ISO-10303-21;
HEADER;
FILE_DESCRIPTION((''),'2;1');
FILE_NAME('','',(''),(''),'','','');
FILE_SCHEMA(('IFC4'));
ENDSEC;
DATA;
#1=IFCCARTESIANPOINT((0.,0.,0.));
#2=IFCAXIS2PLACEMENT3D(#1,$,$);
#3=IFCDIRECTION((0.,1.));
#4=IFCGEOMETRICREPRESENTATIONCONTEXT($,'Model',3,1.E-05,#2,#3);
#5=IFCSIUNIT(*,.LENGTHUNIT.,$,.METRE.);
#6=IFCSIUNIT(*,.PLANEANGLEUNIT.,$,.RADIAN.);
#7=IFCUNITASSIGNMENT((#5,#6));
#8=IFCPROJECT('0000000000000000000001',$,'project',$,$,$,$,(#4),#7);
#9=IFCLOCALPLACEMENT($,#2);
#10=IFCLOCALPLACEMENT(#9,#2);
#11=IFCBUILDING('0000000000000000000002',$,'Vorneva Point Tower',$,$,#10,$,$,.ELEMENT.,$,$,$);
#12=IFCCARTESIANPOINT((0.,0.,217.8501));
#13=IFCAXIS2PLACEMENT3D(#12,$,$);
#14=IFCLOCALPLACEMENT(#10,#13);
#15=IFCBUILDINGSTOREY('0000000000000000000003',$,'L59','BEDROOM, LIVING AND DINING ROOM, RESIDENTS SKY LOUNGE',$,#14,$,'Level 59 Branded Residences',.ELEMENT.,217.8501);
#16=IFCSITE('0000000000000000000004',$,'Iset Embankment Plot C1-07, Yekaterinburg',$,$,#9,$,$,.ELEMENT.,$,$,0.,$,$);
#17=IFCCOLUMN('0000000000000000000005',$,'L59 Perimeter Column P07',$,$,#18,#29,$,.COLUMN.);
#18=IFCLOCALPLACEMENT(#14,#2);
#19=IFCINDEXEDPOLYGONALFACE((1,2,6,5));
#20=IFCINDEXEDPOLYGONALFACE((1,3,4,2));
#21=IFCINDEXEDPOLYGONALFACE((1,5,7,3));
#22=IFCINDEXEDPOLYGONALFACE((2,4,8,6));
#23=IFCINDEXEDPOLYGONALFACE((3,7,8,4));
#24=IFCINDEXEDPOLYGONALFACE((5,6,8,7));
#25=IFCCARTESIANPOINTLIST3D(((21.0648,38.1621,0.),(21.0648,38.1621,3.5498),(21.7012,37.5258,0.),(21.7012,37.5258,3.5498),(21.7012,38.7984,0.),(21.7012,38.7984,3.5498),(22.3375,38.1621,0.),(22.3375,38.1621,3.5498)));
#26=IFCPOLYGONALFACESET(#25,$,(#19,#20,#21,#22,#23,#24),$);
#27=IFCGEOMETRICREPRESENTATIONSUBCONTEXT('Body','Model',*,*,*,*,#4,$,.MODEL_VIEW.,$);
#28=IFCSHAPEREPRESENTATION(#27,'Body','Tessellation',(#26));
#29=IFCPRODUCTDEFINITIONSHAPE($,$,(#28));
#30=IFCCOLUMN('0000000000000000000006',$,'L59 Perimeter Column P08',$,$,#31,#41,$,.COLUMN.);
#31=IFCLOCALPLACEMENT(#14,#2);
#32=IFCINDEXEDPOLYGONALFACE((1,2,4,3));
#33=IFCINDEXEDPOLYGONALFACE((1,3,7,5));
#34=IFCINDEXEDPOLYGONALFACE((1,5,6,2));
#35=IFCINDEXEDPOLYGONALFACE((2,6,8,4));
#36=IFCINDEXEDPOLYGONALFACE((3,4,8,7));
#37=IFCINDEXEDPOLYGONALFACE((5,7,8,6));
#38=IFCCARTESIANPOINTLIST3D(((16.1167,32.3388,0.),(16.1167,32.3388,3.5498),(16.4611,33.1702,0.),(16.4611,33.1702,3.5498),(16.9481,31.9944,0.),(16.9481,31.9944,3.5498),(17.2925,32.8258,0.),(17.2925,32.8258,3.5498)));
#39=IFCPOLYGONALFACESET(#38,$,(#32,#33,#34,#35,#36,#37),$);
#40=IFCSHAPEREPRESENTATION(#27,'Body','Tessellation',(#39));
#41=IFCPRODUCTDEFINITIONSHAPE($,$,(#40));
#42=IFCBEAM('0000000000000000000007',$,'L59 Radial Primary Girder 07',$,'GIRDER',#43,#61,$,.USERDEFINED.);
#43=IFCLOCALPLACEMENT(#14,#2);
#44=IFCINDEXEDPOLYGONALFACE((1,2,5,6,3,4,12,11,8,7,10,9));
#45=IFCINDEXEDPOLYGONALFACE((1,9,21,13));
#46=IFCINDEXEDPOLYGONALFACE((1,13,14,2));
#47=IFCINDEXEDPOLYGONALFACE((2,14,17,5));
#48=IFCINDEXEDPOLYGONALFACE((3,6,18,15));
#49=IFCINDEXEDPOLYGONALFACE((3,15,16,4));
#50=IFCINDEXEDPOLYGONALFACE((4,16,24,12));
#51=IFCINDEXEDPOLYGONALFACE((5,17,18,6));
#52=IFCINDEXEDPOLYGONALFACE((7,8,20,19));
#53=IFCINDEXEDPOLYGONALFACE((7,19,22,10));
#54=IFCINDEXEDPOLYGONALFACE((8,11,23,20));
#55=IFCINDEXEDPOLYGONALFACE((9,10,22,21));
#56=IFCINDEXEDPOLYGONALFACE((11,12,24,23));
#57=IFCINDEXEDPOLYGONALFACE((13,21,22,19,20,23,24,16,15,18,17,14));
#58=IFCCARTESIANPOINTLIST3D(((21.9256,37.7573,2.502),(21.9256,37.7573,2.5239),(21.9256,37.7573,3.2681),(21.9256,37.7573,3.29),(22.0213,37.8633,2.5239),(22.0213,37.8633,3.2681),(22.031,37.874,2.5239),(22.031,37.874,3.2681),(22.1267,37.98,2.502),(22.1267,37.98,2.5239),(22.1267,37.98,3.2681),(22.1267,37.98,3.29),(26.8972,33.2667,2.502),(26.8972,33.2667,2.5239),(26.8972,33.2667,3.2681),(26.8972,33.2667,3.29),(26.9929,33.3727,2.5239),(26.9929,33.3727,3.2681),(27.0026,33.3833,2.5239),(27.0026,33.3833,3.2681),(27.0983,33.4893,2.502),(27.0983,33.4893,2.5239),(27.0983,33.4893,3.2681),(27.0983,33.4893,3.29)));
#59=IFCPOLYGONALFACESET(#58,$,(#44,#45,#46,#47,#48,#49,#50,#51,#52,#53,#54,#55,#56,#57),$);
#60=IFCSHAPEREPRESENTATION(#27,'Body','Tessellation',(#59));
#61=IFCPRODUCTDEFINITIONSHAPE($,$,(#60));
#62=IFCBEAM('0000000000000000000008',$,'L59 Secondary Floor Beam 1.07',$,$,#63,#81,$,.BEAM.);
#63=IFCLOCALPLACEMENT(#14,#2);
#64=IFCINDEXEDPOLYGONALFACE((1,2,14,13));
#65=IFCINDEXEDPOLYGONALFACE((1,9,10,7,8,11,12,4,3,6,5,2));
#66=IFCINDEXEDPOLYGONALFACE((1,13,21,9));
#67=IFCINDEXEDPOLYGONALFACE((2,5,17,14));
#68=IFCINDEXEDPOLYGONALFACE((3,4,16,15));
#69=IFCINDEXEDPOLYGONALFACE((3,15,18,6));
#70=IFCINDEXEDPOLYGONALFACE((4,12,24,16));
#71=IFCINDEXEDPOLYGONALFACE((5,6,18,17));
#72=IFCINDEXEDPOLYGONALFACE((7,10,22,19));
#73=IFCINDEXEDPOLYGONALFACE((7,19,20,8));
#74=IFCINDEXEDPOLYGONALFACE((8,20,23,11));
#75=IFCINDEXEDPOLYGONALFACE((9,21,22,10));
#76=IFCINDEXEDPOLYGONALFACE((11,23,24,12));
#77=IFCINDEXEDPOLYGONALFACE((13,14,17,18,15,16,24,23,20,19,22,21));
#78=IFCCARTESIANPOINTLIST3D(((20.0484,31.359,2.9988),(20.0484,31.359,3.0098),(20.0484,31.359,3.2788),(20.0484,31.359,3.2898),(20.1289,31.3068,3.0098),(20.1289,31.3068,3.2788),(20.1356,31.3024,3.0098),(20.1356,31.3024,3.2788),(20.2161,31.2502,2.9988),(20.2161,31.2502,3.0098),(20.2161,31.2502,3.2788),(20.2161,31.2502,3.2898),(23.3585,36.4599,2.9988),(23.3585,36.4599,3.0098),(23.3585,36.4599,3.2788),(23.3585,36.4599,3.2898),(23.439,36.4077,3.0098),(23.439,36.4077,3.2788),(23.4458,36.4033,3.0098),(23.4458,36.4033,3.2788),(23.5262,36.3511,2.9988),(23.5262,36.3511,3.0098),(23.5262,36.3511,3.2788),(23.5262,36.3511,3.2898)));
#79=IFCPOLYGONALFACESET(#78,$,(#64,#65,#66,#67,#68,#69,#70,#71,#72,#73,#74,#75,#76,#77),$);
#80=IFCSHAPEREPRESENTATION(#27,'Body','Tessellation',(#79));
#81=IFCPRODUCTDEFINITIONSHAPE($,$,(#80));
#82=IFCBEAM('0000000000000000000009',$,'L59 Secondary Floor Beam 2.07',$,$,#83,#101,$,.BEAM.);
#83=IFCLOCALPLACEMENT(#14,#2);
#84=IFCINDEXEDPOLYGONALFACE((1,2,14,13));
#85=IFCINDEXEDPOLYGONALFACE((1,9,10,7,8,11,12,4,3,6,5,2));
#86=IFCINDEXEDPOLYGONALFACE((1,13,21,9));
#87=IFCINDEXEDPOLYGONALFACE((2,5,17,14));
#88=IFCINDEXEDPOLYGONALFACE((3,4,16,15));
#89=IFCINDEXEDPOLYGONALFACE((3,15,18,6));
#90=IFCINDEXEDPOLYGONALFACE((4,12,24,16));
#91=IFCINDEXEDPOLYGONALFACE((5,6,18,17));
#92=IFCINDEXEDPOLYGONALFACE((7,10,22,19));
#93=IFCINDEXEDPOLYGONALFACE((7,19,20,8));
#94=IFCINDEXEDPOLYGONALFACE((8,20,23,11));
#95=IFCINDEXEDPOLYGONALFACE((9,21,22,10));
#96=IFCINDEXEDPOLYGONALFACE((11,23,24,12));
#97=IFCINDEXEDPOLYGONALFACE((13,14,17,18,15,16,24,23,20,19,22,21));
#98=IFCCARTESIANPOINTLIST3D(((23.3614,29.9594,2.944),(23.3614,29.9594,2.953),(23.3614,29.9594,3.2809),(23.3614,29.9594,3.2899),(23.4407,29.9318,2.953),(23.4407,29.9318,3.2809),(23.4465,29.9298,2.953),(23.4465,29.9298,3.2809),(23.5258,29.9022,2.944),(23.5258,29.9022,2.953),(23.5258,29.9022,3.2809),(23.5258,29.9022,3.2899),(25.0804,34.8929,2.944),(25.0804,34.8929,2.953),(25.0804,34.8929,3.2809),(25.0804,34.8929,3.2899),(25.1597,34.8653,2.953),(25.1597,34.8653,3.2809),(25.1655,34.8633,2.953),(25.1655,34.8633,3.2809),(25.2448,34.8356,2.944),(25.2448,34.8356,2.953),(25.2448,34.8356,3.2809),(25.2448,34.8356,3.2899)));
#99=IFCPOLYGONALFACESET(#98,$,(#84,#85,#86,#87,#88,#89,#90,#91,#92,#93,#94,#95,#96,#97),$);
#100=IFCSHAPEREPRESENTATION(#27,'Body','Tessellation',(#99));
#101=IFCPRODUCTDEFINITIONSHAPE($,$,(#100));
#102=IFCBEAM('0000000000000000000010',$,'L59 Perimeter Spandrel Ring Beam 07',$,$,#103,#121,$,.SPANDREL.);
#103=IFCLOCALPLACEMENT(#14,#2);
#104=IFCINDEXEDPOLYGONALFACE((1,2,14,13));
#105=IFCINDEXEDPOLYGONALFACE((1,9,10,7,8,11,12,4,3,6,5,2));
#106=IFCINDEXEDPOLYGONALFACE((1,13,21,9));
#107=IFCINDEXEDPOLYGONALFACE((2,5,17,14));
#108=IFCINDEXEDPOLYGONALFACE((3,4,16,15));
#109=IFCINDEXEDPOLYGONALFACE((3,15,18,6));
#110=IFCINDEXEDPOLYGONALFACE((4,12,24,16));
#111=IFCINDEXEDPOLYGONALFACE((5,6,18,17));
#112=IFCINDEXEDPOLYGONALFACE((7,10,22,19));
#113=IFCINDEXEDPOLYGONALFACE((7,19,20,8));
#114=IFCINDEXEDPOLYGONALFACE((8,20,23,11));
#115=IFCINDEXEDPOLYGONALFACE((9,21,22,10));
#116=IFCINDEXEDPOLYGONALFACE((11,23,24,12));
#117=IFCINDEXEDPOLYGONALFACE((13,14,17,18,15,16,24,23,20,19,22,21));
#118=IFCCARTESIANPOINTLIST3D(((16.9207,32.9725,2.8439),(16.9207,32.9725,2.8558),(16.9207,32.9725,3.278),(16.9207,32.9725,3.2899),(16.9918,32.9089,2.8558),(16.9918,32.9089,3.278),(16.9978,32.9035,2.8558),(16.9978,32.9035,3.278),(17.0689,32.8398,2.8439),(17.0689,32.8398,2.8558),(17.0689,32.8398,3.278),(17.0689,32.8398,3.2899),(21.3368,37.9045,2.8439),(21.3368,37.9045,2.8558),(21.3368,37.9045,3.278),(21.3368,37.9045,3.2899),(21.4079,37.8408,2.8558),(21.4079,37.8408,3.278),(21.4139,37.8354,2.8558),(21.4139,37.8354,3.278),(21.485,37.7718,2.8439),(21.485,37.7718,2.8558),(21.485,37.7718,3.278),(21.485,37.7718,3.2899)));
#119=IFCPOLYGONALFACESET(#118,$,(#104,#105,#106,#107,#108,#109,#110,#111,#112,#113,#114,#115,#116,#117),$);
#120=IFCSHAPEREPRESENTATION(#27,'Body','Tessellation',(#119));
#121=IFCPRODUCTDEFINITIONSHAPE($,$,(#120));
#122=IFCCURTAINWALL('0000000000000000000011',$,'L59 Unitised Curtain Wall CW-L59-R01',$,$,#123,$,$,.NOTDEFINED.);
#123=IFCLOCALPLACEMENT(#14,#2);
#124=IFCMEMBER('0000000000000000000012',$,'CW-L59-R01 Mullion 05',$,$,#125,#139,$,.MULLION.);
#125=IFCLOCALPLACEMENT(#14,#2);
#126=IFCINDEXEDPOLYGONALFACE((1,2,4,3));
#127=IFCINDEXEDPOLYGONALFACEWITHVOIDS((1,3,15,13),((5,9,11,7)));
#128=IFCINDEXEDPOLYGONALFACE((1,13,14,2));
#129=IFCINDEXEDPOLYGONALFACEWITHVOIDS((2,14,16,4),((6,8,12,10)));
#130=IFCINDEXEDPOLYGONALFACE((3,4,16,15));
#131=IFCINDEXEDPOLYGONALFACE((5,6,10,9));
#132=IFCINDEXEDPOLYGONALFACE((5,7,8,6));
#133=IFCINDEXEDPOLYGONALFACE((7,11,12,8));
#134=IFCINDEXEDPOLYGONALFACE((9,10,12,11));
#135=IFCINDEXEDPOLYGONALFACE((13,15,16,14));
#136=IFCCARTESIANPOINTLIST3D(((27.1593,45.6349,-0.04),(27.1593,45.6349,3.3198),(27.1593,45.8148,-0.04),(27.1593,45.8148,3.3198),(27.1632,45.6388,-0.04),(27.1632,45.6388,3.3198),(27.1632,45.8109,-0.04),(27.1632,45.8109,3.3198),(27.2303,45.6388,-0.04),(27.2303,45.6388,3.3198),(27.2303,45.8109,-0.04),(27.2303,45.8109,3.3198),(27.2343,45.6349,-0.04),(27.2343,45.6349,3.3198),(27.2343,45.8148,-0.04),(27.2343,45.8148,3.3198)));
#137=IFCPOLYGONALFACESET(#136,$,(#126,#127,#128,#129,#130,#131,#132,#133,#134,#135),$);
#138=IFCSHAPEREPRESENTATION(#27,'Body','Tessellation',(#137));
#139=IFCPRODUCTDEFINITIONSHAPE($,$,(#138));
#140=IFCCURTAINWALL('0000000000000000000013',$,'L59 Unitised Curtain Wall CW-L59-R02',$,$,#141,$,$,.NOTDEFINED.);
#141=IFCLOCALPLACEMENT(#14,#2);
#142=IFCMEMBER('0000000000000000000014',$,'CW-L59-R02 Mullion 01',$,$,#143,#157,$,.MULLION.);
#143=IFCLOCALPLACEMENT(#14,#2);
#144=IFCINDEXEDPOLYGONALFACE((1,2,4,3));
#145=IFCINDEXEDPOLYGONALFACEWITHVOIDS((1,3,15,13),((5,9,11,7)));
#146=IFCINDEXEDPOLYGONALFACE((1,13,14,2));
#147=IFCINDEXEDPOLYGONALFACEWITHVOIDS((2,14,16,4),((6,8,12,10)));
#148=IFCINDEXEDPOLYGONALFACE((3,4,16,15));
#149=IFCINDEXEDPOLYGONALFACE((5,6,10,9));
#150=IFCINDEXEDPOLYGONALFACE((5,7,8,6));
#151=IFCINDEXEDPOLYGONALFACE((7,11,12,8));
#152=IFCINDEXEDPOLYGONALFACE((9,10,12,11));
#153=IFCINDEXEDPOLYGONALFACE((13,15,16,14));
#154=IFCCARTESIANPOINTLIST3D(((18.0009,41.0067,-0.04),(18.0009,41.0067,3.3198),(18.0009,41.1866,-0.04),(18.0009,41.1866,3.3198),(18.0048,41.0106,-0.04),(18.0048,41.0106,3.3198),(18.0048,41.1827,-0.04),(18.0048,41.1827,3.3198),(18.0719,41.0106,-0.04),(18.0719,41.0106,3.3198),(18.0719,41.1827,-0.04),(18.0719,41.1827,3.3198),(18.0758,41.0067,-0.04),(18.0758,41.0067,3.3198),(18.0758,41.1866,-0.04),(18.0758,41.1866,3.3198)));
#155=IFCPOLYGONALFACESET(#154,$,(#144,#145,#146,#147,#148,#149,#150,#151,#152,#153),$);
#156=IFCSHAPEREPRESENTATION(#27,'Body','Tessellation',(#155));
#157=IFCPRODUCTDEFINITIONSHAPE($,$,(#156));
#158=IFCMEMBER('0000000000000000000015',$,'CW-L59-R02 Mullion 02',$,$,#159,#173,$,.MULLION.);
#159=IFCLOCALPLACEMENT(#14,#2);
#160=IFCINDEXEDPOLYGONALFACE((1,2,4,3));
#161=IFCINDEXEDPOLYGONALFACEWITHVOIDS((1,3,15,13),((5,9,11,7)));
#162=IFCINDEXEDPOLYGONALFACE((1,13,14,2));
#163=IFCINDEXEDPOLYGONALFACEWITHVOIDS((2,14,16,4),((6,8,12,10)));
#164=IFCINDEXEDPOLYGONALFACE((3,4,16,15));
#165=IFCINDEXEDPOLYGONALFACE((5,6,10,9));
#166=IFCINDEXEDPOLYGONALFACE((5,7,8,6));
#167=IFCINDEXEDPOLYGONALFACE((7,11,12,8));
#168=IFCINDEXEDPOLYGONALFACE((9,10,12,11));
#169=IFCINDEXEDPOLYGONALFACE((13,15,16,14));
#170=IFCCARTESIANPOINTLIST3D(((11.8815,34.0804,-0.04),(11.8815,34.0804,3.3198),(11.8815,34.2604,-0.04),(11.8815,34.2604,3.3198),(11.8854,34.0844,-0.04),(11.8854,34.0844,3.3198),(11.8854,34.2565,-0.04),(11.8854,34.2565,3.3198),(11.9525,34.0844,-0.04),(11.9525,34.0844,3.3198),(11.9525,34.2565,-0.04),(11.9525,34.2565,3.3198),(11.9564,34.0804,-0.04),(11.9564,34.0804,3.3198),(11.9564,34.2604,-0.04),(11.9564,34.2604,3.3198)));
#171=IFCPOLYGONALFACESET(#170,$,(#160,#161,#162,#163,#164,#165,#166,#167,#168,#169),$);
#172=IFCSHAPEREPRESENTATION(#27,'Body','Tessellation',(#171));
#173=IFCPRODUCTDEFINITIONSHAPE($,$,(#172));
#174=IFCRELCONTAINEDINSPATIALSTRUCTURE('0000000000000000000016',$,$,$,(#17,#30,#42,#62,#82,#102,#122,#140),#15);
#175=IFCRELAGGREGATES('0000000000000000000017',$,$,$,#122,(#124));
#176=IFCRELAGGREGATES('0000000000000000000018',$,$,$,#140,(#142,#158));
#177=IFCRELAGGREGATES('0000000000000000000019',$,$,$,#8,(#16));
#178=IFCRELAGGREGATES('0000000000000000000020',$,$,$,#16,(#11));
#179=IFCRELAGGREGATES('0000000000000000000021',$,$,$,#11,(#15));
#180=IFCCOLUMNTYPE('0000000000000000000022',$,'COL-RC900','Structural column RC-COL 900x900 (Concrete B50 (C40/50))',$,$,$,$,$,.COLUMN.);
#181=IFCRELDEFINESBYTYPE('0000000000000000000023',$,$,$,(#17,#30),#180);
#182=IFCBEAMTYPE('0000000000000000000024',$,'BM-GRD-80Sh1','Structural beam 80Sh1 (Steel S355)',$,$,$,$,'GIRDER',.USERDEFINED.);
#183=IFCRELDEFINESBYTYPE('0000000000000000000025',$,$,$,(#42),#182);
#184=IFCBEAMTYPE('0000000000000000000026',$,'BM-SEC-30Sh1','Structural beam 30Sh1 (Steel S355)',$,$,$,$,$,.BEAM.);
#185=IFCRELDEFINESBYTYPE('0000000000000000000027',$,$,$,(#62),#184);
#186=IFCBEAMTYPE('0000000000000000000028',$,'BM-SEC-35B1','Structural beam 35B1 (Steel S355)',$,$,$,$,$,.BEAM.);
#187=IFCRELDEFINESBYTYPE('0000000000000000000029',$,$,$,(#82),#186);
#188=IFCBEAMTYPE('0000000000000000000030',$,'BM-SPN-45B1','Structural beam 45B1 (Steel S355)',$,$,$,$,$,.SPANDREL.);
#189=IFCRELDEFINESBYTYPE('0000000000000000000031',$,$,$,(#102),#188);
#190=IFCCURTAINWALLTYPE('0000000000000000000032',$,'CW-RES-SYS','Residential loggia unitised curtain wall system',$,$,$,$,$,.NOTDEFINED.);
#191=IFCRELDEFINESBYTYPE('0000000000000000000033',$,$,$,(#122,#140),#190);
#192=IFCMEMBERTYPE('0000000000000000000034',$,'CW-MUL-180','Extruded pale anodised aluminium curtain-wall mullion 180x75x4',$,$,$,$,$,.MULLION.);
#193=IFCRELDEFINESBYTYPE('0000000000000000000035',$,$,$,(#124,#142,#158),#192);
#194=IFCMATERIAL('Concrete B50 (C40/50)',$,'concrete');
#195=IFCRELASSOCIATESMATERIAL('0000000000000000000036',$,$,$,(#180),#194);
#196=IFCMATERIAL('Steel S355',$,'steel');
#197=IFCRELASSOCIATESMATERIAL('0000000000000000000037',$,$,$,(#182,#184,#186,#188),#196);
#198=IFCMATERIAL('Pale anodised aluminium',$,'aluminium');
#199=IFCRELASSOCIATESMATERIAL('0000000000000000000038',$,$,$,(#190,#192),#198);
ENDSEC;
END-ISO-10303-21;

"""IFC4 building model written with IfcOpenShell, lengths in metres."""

from ifc_helpers import new_model, si_unit, direction, frame, origin, origin_2d, place, context, subcontext, project, spatial, rectangle, hollow_rectangle, i_section, extrude, material, material_profile, profile_set, type_object, element, aggregate, save


model = new_model("IFC4")

# Units and contexts
model_context = context("Model", 3, precision=1e-05, world=origin(), true_north=direction((0.0, 1.0)))
body_context = subcontext(model_context, "Body", "Model", "MODEL_VIEW")
ifc_project = project(units=[si_unit("LENGTHUNIT", "METRE"), si_unit("PLANEANGLEUNIT", "RADIAN")], contexts=[model_context])

# Site, building, storey
site_placement = place(None, origin())
site = spatial("IfcSite", under=ifc_project, at=site_placement, Name="Iset Embankment Plot C1-07, Yekaterinburg", CompositionType="ELEMENT", RefElevation=0.0)
building_placement = place(site_placement, origin())
building = spatial("IfcBuilding", under=site, at=building_placement, Name="Vorneva Point Tower", CompositionType="ELEMENT")
storey_placement = place(building_placement, frame((0.0, 0.0, 217.8501)))
storey = spatial("IfcBuildingStorey", under=building, at=storey_placement, Name="L59", Description="BEDROOM, LIVING AND DINING ROOM, RESIDENTS SKY LOUNGE", LongName="Level 59 Branded Residences", CompositionType="ELEMENT", Elevation=217.8501)

# Columns
ifc_material_1 = material(Name="Concrete B50 (C40/50)", Category="concrete")
ifc_material_profile_1 = material_profile(ifc_material_1, rectangle(XDim=0.8999, YDim=0.8999, at=origin_2d()), Name="RC-COL 900x900")
ifc_profile_set_1 = profile_set([ifc_material_profile_1], Name="Concrete B50 (C40/50)")
column_type = type_object("IfcColumnType", Name="COL-RC900", Description="Structural column RC-COL 900x900 (Concrete B50 (C40/50))", PredefinedType="COLUMN", material=ifc_profile_set_1)
for number, where, z_axis, x_axis, name in (
    (1, (21.7012, 38.1621, 0.0), (0.0, 0.0, 1.0), (-0.707107, 0.707107, 0.0), "L59 Perimeter Column P07"),
    (2, (16.7046, 32.5823, 0.0), (0.0, 0.0, 1.0), (-0.92388, 0.382683, 0.0), "L59 Perimeter Column P08"),
):
    element("IfcColumn", number, at=place(storey_placement, frame(where, z_axis=z_axis, x_axis=x_axis)), inside=storey, type_object=column_type, Name=name, PredefinedType="COLUMN", context=body_context, shape_type="SweptSolid", body=[
        extrude(rectangle(XDim=0.8999, YDim=0.8999, at=origin_2d()), origin(), (0.0, 0.0, 1.0), 3.5498),
    ])

# Beams
ifc_material_2 = material(Name="Steel S355", Category="steel")
ifc_material_profile_2 = material_profile(ifc_material_2, i_section(OverallWidth=0.3, OverallDepth=0.7881, WebThickness=0.0144, FlangeThickness=0.022, at=origin_2d()), Name="80Sh1")
ifc_profile_set_2 = profile_set([ifc_material_profile_2], Name="Steel S355")
beam_type_1 = type_object("IfcBeamType", Name="BM-GRD-80Sh1", Description="Structural beam 80Sh1 (Steel S355)", ElementType="GIRDER", PredefinedType="USERDEFINED", material=ifc_profile_set_2)
beam_1_placement = place(storey_placement, frame((22.0261, 37.8687, 2.896), z_axis=(0.74209, -0.670301, 0.0), x_axis=(0.670301, 0.74209, 0.0)))
element("IfcBeam", 3, at=beam_1_placement, inside=storey, type_object=beam_type_1, Name="L59 Radial Primary Girder 07", ObjectType="GIRDER", PredefinedType="USERDEFINED", context=body_context, shape_type="SweptSolid", body=[
    extrude(i_section(OverallWidth=0.3, OverallDepth=0.7881, WebThickness=0.0144, FlangeThickness=0.022, at=origin_2d()), origin(), (0.0, 0.0, 1.0), 6.6995),
])
ifc_material_profile_3 = material_profile(ifc_material_2, i_section(OverallWidth=0.2, OverallDepth=0.291, WebThickness=0.0081, FlangeThickness=0.011, at=origin_2d()), Name="30Sh1")
ifc_profile_set_3 = profile_set([ifc_material_profile_3], Name="Steel S355")
beam_type_2 = type_object("IfcBeamType", Name="BM-SEC-30Sh1", Description="Structural beam 30Sh1 (Steel S355)", PredefinedType="BEAM", material=ifc_profile_set_3)
beam_2_placement = place(storey_placement, frame((23.4424, 36.4055, 3.1443), z_axis=(-0.544355, -0.838855, 0.0), x_axis=(0.838855, -0.544355, 0.0)))
element("IfcBeam", 4, at=beam_2_placement, inside=storey, type_object=beam_type_2, Name="L59 Secondary Floor Beam 1.07", PredefinedType="BEAM", context=body_context, shape_type="SweptSolid", body=[
    extrude(i_section(OverallWidth=0.2, OverallDepth=0.291, WebThickness=0.0081, FlangeThickness=0.011, at=origin_2d()), origin(), (0.0, 0.0, 1.0), 6.0808),
])
ifc_material_profile_4 = material_profile(ifc_material_2, i_section(OverallWidth=0.1741, OverallDepth=0.3459, WebThickness=0.0061, FlangeThickness=0.009, at=origin_2d()), Name="35B1")
ifc_profile_set_4 = profile_set([ifc_material_profile_4], Name="Steel S355")
beam_type_3 = type_object("IfcBeamType", Name="BM-SEC-35B1", Description="Structural beam 35B1 (Steel S355)", PredefinedType="BEAM", material=ifc_profile_set_4)
beam_3_placement = place(storey_placement, frame((25.1626, 34.8643, 3.1169), z_axis=(-0.329041, -0.944316, 0.0), x_axis=(0.944316, -0.329041, 0.0)))
element("IfcBeam", 5, at=beam_3_placement, inside=storey, type_object=beam_type_3, Name="L59 Secondary Floor Beam 2.07", PredefinedType="BEAM", context=body_context, shape_type="SweptSolid", body=[
    extrude(i_section(OverallWidth=0.1741, OverallDepth=0.3459, WebThickness=0.0061, FlangeThickness=0.009, at=origin_2d()), origin(), (0.0, 0.0, 1.0), 5.2244),
])
ifc_material_profile_5 = material_profile(ifc_material_2, i_section(OverallWidth=0.199, OverallDepth=0.446, WebThickness=0.0081, FlangeThickness=0.012, at=origin_2d()), Name="45B1")
ifc_profile_set_5 = profile_set([ifc_material_profile_5], Name="Steel S355")
beam_type_4 = type_object("IfcBeamType", Name="BM-SPN-45B1", Description="Structural beam 45B1 (Steel S355)", PredefinedType="SPANDREL", material=ifc_profile_set_5)
beam_4_placement = place(storey_placement, frame((21.4109, 37.8381, 3.0669), z_axis=(-0.66707, -0.744995, 0.0), x_axis=(0.744995, -0.66707, 0.0)))
element("IfcBeam", 6, at=beam_4_placement, inside=storey, type_object=beam_type_4, Name="L59 Perimeter Spandrel Ring Beam 07", PredefinedType="SPANDREL", context=body_context, shape_type="SweptSolid", body=[
    extrude(i_section(OverallWidth=0.199, OverallDepth=0.446, WebThickness=0.0081, FlangeThickness=0.012, at=origin_2d()), origin(), (0.0, 0.0, 1.0), 6.6201),
])

# Curtain wall, member
ifc_material_3 = material(Name="Pale anodised aluminium", Category="aluminium")
curtain_wall_type = type_object("IfcCurtainWallType", Name="CW-RES-SYS", Description="Residential loggia unitised curtain wall system", PredefinedType="NOTDEFINED", material=ifc_material_3)
curtain_wall_1_placement = place(storey_placement, origin())
curtain_wall_1 = element("IfcCurtainWall", 7, at=curtain_wall_1_placement, inside=storey, type_object=curtain_wall_type, Name="L59 Unitised Curtain Wall CW-L59-R01", PredefinedType="NOTDEFINED")
ifc_material_profile_6 = material_profile(ifc_material_3, hollow_rectangle(XDim=0.075, YDim=0.1799, WallThickness=0.0039, at=origin_2d()), Name="AL-MUL 180x75x4")
ifc_profile_set_6 = profile_set([ifc_material_profile_6], Name="Pale anodised aluminium")
member_type_1 = type_object("IfcMemberType", Name="CW-MUL-180", Description="Extruded pale anodised aluminium curtain-wall mullion 180x75x4", PredefinedType="MULLION", material=ifc_profile_set_6)
member_1_placement = place(storey_placement, frame((27.1968, 45.7249, -0.04), z_axis=(0.0, 0.0, 1.0), x_axis=(1.0, 0.0, 0.0)))
member_1 = element("IfcMember", 8, at=member_1_placement, type_object=member_type_1, Name="CW-L59-R01 Mullion 05", PredefinedType="MULLION", context=body_context, shape_type="SweptSolid", body=[
    extrude(hollow_rectangle(XDim=0.075, YDim=0.1799, WallThickness=0.0039, at=origin_2d()), origin(), (0.0, 0.0, 1.0), 3.3599),
])
aggregate(curtain_wall_1, [member_1])

# Curtain wall, members
curtain_wall_2_placement = place(storey_placement, origin())
curtain_wall_2 = element("IfcCurtainWall", 9, at=curtain_wall_2_placement, inside=storey, type_object=curtain_wall_type, Name="L59 Unitised Curtain Wall CW-L59-R02", PredefinedType="NOTDEFINED")
member_2_placement = place(storey_placement, frame((18.0383, 41.0967, -0.04), z_axis=(0.0, 0.0, 1.0), x_axis=(1.0, 0.0, 0.0)))
member_2 = element("IfcMember", 10, at=member_2_placement, type_object=member_type_1, Name="CW-L59-R02 Mullion 01", PredefinedType="MULLION", context=body_context, shape_type="SweptSolid", body=[
    extrude(hollow_rectangle(XDim=0.075, YDim=0.1799, WallThickness=0.0039, at=origin_2d()), origin(), (0.0, 0.0, 1.0), 3.3599),
])
member_3_placement = place(storey_placement, frame((11.9189, 34.1704, -0.04), z_axis=(0.0, 0.0, 1.0), x_axis=(1.0, 0.0, 0.0)))
member_3 = element("IfcMember", 11, at=member_3_placement, type_object=member_type_1, Name="CW-L59-R02 Mullion 02", PredefinedType="MULLION", context=body_context, shape_type="SweptSolid", body=[
    extrude(hollow_rectangle(XDim=0.075, YDim=0.1799, WallThickness=0.0039, at=origin_2d()), origin(), (0.0, 0.0, 1.0), 3.3599),
])
aggregate(curtain_wall_2, [member_2, member_3])

save(model, "model.ifc")
